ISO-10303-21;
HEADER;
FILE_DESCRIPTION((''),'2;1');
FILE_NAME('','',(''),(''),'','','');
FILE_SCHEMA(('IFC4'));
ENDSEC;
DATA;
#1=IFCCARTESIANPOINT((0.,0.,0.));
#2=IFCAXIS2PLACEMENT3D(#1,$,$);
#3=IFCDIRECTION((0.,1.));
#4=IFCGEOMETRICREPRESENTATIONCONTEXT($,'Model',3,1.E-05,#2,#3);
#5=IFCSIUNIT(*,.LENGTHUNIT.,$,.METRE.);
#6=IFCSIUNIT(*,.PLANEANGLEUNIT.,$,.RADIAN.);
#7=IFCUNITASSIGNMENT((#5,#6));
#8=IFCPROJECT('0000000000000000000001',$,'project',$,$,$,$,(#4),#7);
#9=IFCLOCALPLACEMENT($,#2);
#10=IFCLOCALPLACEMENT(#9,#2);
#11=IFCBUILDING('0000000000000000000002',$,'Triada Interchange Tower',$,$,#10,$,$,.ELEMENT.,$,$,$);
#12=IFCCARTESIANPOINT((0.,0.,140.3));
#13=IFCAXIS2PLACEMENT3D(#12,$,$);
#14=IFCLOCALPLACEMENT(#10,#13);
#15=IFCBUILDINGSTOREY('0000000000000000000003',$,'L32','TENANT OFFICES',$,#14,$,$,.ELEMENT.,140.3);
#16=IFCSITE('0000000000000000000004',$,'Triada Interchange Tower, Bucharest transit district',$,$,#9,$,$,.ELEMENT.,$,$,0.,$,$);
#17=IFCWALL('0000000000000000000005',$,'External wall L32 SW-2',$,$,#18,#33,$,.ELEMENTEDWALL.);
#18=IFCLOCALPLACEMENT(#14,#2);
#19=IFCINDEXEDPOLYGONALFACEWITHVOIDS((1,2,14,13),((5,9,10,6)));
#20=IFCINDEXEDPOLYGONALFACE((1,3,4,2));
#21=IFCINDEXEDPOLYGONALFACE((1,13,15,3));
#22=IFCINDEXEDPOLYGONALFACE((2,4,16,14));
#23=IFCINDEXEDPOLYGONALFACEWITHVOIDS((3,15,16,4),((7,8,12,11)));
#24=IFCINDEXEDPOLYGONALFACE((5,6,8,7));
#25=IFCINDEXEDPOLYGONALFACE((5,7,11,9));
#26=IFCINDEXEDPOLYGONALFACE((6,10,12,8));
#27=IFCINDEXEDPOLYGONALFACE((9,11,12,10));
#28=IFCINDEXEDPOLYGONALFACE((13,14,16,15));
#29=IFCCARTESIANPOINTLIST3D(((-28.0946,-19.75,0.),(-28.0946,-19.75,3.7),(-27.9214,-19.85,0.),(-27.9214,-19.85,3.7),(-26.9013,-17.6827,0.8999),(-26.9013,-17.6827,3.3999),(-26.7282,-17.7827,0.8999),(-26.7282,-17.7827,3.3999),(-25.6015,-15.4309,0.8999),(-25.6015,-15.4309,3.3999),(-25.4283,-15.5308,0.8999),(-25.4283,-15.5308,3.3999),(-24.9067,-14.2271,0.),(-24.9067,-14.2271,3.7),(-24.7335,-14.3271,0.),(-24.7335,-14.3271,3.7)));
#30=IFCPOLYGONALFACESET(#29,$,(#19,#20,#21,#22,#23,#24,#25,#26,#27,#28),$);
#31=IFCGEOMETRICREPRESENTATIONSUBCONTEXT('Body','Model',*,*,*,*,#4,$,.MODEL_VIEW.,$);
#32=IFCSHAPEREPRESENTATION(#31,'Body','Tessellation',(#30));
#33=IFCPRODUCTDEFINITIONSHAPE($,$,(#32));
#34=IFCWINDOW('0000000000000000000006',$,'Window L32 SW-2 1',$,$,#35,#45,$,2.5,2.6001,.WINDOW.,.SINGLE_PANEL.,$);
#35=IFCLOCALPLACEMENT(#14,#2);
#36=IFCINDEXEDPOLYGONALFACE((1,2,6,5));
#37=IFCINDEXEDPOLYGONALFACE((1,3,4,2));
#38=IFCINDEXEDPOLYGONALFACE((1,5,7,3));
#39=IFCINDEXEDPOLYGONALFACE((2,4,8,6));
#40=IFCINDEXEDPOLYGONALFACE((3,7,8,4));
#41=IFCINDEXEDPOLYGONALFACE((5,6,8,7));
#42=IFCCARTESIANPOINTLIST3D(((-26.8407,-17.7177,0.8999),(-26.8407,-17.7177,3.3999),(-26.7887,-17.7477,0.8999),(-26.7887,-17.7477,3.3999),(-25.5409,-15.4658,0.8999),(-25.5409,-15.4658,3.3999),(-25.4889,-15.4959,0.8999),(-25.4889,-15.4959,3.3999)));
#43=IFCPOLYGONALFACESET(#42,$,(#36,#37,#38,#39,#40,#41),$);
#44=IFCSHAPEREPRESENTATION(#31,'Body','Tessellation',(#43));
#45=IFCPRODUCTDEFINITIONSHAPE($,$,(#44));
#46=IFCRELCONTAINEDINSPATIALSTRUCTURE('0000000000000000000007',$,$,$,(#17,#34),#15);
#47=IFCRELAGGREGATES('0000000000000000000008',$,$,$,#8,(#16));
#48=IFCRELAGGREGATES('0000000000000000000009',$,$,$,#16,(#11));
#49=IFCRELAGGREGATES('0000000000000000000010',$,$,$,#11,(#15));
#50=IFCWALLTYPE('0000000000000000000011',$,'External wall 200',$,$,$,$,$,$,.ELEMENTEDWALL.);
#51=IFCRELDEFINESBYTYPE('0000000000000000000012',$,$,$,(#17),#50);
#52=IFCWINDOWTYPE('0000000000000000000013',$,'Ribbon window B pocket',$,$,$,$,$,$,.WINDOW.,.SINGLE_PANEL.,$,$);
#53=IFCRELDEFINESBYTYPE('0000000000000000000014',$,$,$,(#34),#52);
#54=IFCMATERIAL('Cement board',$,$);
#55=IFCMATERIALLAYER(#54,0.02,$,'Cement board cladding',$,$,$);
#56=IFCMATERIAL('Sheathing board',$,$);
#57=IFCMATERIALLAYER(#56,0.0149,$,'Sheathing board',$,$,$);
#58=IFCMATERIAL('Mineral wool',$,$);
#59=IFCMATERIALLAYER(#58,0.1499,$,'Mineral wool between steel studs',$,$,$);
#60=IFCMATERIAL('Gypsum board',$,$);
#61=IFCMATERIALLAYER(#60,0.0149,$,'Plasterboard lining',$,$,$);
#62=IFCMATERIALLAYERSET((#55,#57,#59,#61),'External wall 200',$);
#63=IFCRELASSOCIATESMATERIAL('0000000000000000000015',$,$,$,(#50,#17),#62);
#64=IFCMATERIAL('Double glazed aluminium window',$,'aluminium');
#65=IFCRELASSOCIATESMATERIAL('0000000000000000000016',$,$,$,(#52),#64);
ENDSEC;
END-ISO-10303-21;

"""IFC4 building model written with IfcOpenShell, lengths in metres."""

from ifc_helpers import new_model, si_unit, direction, frame, frame_2d, origin, place, context, subcontext, project, spatial, rectangle, extrude, material, layer, layer_set, layer_usage, type_object, element, fill, save


model = new_model("IFC4")

# Units and contexts
model_context = context("Model", 3, precision=1e-05, world=origin(), true_north=direction((0.0, 1.0)))
body_context = subcontext(model_context, "Body", "Model", "MODEL_VIEW")
ifc_project = project(units=[si_unit("LENGTHUNIT", "METRE"), si_unit("PLANEANGLEUNIT", "RADIAN")], contexts=[model_context])

# Site, building, storey
site_placement = place(None, origin())
site = spatial("IfcSite", under=ifc_project, at=site_placement, Name="Triada Interchange Tower, Bucharest transit district", CompositionType="ELEMENT", RefElevation=0.0)
building_placement = place(site_placement, origin())
building = spatial("IfcBuilding", under=site, at=building_placement, Name="Triada Interchange Tower", CompositionType="ELEMENT")
storey_placement = place(building_placement, frame((0.0, 0.0, 140.3)))
storey = spatial("IfcBuildingStorey", under=building, at=storey_placement, Name="L32", Description="TENANT OFFICES", CompositionType="ELEMENT", Elevation=140.3)

# Wall, opening, window
ifc_material_1 = material(Name="Cement board")
ifc_layer_1 = layer(ifc_material_1, 0.02, Name="Cement board cladding")
ifc_material_2 = material(Name="Sheathing board")
ifc_layer_2 = layer(ifc_material_2, 0.0149, Name="Sheathing board")
ifc_material_3 = material(Name="Mineral wool")
ifc_layer_3 = layer(ifc_material_3, 0.1499, Name="Mineral wool between steel studs")
ifc_material_4 = material(Name="Gypsum board")
ifc_layer_4 = layer(ifc_material_4, 0.0149, Name="Plasterboard lining")
ifc_layer_set_1 = layer_set([ifc_layer_1, ifc_layer_2, ifc_layer_3, ifc_layer_4], Name="External wall 200")
ifc_layer_usage = layer_usage(ifc_layer_set_1, "AXIS2", "POSITIVE", -0.1001)
wall_type_1 = type_object("IfcWallType", Name="External wall 200", PredefinedType="ELEMENTEDWALL", material=ifc_layer_set_1)
ifc_material_5 = material(Name="Double glazed aluminium window", Category="aluminium")
window_type_1 = type_object("IfcWindowType", Name="Ribbon window B pocket", PartitioningType="SINGLE_PANEL", PredefinedType="WINDOW", material=ifc_material_5)
wall_1_placement = place(storey_placement, frame((-24.8201, -14.2771, 0.0), z_axis=(0.0, 0.0, 1.0), x_axis=(-0.499919, -0.866072, 0.0)))
wall_1 = element("IfcWall", 1, at=wall_1_placement, inside=storey, type_object=wall_type_1, material=ifc_layer_usage, Name="External wall L32 SW-2", PredefinedType="ELEMENTEDWALL", context=body_context, shape_type="SweptSolid", body=[
    extrude(rectangle(XDim=6.377, YDim=0.2, at=frame_2d((3.1885, 0.0))), origin(), (0.0, 0.0, 1.0), 3.7),
])
opening_1_placement = place(wall_1_placement, frame((1.3899, 0.0, 0.8999)))
opening_1 = element("IfcOpeningElement", 2, at=opening_1_placement, cuts=wall_1, PredefinedType="OPENING", context=body_context, shape_type="SweptSolid", body=[
    extrude(rectangle(XDim=2.6001, YDim=2.5, at=frame_2d((1.3, 1.25))), frame((0.0, 0.1099, 0.0), z_axis=(0.0, -1.0, 0.0), x_axis=(1.0, 0.0, 0.0)), (0.0, 0.0, 1.0), 0.22),
])
window_1_placement = place(opening_1_placement, origin())
window_1 = element("IfcWindow", 3, at=window_1_placement, inside=storey, type_object=window_type_1, Name="Window L32 SW-2 1", OverallHeight=2.5, OverallWidth=2.6001, PartitioningType="SINGLE_PANEL", PredefinedType="WINDOW", context=body_context, shape_type="SweptSolid", body=[
    extrude(rectangle(XDim=2.6001, YDim=2.5, at=frame_2d((1.3, 1.25))), frame((0.0, 0.03, 0.0), z_axis=(0.0, -1.0, 0.0), x_axis=(1.0, 0.0, 0.0)), (0.0, 0.0, 1.0), 0.0601),
])
fill(opening_1, window_1)

save(model, "model.ifc")
